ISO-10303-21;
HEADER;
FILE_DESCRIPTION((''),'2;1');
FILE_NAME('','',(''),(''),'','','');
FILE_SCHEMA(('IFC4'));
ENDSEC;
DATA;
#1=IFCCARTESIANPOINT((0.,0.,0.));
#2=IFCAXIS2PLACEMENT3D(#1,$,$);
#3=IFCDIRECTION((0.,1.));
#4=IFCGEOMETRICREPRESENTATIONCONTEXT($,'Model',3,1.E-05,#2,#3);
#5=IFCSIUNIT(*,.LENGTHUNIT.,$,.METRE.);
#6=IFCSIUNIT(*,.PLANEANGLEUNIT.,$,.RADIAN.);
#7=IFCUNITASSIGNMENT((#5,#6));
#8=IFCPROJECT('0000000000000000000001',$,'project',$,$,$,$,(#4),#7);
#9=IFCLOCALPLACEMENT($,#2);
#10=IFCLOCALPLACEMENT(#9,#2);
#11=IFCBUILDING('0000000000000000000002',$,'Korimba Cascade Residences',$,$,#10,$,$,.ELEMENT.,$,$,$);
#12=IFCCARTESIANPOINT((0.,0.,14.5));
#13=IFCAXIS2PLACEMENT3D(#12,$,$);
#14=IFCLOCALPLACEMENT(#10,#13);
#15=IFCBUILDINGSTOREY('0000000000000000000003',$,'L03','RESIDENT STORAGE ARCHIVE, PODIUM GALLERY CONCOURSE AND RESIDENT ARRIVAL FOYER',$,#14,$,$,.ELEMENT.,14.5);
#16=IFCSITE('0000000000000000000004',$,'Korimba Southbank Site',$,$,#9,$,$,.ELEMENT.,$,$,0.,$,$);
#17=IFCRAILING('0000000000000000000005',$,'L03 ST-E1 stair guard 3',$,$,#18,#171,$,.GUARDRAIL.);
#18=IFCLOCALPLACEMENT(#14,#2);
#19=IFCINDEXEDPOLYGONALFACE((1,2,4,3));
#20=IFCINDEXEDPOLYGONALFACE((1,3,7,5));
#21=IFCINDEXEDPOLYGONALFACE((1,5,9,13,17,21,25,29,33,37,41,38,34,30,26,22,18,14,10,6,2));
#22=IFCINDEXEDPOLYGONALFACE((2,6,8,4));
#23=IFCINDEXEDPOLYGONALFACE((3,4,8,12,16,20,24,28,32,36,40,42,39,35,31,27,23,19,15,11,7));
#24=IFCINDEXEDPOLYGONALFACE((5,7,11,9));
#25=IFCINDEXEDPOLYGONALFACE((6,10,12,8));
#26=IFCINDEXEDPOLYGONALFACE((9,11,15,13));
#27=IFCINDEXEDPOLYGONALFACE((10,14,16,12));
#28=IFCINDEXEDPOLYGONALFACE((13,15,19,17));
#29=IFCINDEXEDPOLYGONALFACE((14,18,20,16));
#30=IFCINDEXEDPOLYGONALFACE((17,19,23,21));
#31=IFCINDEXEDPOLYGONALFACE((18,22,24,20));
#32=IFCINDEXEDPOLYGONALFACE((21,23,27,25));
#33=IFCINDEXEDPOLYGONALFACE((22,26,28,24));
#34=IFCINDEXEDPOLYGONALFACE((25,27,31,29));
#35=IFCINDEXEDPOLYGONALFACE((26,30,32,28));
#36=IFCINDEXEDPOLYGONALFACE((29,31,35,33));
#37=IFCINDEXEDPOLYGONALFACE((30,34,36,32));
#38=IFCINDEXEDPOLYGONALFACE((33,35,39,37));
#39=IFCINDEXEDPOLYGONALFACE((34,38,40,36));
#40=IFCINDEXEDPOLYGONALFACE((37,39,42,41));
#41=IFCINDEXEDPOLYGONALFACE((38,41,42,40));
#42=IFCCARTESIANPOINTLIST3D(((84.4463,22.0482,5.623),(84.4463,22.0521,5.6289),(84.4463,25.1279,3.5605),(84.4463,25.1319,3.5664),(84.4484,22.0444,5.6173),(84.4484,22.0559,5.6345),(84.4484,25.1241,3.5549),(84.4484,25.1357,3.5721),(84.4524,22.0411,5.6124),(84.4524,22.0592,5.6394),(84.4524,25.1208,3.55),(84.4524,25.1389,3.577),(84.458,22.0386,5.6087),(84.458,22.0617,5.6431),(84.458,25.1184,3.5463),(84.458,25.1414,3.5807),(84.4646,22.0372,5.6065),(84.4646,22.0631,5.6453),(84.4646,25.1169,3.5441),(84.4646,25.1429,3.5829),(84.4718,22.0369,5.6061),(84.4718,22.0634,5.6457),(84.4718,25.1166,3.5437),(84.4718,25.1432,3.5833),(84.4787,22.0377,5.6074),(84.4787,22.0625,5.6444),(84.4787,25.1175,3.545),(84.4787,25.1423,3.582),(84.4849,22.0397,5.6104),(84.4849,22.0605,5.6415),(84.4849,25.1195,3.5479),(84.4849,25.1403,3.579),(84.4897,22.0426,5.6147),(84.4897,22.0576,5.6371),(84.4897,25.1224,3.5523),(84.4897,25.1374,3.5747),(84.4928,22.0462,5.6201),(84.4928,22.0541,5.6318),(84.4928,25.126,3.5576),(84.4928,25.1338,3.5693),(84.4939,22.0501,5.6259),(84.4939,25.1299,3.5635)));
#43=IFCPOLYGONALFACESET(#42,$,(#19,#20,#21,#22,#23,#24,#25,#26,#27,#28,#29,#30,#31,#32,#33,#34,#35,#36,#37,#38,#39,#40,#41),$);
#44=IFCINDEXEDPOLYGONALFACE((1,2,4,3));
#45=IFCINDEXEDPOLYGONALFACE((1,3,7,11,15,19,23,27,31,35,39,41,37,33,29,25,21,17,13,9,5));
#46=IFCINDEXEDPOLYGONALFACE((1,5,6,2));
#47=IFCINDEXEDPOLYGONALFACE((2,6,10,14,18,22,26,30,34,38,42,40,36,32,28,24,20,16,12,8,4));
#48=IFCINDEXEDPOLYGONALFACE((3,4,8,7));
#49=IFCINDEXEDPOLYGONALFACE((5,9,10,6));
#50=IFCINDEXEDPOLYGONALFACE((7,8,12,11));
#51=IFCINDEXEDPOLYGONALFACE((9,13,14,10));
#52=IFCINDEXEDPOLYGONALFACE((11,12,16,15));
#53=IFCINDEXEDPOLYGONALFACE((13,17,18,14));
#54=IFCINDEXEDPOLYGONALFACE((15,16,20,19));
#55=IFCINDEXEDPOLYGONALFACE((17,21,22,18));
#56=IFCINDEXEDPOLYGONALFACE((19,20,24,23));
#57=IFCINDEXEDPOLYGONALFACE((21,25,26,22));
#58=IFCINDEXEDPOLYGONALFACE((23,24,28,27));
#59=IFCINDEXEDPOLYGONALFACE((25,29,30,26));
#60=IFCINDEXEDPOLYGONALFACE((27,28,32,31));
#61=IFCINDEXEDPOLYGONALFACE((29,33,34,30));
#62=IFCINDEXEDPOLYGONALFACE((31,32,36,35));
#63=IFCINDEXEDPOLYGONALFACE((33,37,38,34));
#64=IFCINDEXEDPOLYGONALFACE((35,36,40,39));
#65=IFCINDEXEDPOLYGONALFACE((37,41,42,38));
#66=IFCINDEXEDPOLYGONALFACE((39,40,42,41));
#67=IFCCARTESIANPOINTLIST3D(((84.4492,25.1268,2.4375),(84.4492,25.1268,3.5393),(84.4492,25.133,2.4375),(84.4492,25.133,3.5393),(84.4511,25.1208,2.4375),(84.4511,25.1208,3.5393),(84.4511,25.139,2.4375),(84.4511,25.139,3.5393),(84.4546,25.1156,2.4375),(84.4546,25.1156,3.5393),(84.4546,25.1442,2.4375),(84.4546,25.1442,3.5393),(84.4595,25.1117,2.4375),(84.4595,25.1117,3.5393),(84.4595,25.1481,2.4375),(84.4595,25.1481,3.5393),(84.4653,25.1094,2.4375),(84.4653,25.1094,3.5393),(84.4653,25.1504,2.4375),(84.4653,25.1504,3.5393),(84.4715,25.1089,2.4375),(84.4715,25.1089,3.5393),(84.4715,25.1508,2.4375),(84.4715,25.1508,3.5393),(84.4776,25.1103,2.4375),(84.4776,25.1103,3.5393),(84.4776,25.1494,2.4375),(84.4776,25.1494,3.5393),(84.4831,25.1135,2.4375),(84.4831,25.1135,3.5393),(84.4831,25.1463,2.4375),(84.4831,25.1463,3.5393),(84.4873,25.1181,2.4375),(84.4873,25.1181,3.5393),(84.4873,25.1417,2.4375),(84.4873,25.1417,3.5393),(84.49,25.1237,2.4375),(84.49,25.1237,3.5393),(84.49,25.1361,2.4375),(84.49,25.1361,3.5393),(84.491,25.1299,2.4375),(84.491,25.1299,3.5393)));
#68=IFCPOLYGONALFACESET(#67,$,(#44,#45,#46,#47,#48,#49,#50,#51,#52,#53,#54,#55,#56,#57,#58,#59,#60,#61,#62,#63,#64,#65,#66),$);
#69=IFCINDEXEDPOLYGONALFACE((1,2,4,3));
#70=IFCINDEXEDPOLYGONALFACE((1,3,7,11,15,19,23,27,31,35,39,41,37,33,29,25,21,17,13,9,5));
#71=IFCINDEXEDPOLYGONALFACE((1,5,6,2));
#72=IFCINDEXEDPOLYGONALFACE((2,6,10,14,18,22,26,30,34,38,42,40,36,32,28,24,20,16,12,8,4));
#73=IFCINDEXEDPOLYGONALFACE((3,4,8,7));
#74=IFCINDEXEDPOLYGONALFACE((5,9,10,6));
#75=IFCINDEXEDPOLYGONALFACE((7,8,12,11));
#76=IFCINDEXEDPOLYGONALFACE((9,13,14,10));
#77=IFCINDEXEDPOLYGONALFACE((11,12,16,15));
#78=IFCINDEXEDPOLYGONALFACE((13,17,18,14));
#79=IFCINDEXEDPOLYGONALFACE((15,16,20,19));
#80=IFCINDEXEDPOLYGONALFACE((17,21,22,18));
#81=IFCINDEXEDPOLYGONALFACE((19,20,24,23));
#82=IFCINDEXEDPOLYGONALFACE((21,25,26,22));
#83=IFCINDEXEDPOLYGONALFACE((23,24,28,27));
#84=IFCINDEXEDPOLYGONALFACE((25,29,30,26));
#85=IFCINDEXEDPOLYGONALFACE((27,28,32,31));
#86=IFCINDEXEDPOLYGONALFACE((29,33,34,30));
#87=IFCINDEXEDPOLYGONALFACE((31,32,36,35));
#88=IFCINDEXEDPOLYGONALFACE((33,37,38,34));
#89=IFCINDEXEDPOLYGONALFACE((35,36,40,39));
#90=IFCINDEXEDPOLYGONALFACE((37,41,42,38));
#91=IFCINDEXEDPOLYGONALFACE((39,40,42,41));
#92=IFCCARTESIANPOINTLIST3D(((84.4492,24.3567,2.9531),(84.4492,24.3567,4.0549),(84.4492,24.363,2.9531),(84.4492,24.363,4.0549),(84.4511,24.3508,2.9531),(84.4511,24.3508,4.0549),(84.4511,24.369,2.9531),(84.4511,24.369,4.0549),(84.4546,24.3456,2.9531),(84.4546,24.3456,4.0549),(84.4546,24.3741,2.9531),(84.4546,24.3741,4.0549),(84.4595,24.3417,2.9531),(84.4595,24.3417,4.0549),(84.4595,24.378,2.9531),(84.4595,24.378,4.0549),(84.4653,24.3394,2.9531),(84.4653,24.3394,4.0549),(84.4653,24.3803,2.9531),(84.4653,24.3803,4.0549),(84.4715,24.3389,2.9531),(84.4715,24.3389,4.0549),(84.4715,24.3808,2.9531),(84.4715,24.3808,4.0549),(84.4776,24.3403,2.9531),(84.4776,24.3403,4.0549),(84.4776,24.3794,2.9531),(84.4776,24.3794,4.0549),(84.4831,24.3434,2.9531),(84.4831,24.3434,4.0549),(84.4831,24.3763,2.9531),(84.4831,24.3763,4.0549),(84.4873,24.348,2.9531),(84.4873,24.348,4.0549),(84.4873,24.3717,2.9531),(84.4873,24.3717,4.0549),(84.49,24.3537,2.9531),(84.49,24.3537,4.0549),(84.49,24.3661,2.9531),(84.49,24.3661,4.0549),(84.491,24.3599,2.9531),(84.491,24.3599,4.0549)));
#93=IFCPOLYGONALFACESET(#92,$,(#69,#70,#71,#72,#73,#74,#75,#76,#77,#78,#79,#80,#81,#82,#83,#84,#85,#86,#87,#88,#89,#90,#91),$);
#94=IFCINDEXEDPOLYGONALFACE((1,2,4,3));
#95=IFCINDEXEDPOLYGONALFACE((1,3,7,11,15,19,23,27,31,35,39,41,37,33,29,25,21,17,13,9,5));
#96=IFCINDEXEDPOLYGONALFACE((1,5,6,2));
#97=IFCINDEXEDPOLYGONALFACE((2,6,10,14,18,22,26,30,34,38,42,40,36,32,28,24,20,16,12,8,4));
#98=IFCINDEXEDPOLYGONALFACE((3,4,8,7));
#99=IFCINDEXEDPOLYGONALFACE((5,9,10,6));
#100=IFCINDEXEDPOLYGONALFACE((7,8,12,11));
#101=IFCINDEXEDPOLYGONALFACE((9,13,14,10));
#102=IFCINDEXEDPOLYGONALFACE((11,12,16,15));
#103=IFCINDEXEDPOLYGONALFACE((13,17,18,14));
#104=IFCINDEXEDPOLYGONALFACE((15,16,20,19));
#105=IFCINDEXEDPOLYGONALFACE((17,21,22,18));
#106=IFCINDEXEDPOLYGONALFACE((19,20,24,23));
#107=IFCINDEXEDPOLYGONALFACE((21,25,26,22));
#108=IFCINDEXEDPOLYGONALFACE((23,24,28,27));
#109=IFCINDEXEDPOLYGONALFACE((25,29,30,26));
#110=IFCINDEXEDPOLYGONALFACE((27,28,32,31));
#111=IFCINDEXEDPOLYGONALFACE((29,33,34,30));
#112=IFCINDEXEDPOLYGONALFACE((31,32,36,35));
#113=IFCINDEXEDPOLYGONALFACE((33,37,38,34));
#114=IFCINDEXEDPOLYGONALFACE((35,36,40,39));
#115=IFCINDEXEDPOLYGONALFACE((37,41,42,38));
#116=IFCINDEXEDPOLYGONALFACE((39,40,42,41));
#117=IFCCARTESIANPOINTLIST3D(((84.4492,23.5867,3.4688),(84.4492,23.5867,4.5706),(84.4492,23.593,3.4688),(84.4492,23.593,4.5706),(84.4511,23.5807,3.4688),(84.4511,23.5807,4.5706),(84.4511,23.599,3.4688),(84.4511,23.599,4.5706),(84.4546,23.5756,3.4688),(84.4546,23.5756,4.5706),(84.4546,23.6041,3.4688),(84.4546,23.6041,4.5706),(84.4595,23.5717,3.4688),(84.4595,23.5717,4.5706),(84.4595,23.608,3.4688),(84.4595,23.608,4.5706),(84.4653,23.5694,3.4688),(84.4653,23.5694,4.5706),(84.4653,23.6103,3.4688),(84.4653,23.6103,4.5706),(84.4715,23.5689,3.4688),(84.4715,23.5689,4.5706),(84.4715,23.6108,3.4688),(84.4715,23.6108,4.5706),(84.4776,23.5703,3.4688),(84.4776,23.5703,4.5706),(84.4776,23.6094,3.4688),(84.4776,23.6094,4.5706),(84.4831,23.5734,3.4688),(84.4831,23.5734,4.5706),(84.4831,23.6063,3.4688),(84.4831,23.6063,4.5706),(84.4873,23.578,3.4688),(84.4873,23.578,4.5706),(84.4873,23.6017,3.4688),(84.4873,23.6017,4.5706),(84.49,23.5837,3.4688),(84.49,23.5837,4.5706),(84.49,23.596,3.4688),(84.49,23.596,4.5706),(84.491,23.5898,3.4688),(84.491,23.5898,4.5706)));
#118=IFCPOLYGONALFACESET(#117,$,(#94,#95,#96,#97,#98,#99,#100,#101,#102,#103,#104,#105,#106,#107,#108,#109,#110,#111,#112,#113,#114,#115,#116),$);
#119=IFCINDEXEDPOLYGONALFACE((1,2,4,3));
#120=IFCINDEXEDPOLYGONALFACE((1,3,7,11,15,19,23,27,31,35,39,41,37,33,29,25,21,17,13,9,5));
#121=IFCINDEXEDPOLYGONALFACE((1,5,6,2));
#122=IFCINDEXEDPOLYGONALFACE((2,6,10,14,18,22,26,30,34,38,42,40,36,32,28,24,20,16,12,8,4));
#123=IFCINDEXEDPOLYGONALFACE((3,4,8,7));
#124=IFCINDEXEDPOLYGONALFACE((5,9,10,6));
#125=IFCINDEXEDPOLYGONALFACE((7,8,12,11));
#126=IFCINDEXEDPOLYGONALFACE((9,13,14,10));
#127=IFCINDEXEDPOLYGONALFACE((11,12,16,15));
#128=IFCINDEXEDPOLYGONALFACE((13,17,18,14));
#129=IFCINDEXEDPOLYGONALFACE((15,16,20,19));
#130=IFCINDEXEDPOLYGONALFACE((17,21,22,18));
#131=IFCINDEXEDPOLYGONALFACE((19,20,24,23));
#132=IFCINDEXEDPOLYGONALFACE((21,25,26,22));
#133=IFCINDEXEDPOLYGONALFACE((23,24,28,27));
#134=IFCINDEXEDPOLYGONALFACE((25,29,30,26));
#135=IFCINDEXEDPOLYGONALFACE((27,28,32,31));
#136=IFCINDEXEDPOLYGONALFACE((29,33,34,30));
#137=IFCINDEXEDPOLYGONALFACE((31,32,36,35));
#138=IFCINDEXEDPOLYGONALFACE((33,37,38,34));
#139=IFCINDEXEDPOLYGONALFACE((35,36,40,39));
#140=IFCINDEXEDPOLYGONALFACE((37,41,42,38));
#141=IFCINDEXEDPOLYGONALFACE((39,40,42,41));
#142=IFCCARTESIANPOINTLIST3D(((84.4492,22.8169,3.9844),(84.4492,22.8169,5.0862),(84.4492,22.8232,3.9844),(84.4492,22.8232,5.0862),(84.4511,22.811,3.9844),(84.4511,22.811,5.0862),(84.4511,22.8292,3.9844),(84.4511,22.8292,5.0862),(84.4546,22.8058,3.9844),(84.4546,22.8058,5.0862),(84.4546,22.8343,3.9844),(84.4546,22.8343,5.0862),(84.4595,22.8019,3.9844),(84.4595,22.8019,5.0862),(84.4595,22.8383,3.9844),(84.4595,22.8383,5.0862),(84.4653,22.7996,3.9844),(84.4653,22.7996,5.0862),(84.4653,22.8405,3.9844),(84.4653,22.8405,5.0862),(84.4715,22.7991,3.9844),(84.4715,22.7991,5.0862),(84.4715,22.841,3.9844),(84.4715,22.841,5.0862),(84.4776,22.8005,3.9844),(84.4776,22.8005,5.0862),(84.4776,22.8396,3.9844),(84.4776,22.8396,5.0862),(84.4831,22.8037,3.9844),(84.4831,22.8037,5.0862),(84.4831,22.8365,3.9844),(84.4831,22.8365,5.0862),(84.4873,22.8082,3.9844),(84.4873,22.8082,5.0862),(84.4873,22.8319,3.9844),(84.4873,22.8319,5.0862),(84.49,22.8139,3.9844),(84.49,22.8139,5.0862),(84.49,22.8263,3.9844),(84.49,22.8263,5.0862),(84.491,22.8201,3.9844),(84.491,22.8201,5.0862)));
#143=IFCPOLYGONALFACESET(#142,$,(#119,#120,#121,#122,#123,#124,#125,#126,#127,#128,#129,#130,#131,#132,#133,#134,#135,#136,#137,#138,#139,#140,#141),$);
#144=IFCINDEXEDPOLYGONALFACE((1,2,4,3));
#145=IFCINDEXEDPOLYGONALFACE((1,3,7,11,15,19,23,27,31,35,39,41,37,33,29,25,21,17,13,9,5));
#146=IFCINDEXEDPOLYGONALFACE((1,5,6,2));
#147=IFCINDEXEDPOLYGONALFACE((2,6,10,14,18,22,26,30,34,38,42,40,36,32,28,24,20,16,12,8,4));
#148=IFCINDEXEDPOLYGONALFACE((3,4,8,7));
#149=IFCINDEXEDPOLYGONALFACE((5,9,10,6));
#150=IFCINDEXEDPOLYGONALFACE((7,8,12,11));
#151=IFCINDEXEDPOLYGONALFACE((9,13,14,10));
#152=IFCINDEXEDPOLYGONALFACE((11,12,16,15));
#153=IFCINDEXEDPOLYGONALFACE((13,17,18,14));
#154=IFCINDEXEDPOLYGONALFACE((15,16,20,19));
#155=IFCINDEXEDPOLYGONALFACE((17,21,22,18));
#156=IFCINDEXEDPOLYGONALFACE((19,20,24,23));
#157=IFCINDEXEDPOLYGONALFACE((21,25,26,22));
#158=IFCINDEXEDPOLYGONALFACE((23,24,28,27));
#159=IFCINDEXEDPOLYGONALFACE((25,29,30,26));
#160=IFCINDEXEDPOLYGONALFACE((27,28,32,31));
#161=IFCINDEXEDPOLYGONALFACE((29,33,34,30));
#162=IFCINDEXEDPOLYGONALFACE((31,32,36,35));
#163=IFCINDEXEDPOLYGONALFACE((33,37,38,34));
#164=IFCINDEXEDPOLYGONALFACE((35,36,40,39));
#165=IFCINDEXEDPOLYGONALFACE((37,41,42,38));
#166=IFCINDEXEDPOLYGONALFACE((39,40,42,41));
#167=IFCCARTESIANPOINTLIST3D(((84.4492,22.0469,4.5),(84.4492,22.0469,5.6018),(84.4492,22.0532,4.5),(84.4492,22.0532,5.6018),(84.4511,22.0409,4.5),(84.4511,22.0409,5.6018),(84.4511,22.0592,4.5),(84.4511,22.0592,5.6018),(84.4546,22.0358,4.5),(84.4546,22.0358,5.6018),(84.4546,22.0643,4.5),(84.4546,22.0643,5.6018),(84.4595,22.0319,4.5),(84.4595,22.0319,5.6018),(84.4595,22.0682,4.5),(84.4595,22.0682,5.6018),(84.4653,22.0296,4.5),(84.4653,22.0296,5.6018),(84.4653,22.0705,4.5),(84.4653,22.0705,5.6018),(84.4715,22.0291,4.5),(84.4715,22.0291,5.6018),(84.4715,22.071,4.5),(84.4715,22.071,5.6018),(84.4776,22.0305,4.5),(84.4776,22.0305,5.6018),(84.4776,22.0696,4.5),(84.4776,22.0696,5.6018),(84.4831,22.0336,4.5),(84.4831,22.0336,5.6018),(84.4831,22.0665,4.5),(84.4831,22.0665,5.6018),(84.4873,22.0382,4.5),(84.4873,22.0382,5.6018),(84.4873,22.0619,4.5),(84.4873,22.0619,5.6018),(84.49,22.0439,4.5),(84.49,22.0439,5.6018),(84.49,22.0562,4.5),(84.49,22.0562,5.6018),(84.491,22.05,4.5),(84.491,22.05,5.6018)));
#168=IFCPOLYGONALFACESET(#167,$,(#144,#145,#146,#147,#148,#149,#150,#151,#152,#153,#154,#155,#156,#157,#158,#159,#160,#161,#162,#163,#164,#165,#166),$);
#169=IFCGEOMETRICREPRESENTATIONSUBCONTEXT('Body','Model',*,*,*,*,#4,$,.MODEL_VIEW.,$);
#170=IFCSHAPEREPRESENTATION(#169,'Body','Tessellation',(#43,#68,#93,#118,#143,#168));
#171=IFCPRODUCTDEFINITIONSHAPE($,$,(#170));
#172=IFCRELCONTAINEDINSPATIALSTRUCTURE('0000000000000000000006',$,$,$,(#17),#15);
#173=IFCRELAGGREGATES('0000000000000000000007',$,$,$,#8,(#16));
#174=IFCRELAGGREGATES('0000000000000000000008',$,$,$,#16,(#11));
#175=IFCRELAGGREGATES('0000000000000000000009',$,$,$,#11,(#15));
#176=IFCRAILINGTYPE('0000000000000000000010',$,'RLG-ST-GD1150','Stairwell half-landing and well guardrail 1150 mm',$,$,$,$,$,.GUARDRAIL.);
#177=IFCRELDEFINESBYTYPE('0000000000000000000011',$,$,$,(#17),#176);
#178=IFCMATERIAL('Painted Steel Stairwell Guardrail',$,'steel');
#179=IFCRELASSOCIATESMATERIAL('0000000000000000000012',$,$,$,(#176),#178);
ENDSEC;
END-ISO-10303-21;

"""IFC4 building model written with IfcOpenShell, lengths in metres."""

from ifc_helpers import new_model, si_unit, direction, frame, origin, origin_2d, place, context, subcontext, project, spatial, circle, extrude, material, type_object, element, save


model = new_model("IFC4")

# Units and contexts
model_context = context("Model", 3, precision=1e-05, world=origin(), true_north=direction((0.0, 1.0)))
body_context = subcontext(model_context, "Body", "Model", "MODEL_VIEW")
ifc_project = project(units=[si_unit("LENGTHUNIT", "METRE"), si_unit("PLANEANGLEUNIT", "RADIAN")], contexts=[model_context])

# Site, building, storey
site_placement = place(None, origin())
site = spatial("IfcSite", under=ifc_project, at=site_placement, Name="Korimba Southbank Site", CompositionType="ELEMENT", RefElevation=0.0)
building_placement = place(site_placement, origin())
building = spatial("IfcBuilding", under=site, at=building_placement, Name="Korimba Cascade Residences", CompositionType="ELEMENT")
storey_placement = place(building_placement, frame((0.0, 0.0, 14.5)))
storey = spatial("IfcBuildingStorey", under=building, at=storey_placement, Name="L03", Description="RESIDENT STORAGE ARCHIVE, PODIUM GALLERY CONCOURSE AND RESIDENT ARRIVAL FOYER", CompositionType="ELEMENT", Elevation=14.5)

# Railing
ifc_material_1 = material(Name="Painted Steel Stairwell Guardrail", Category="steel")
railing_type_1 = type_object("IfcRailingType", Name="RLG-ST-GD1150", Description="Stairwell half-landing and well guardrail 1150 mm", PredefinedType="GUARDRAIL", material=ifc_material_1)
railing_1_placement = place(storey_placement, frame((84.47, 25.1299, 2.4375)))
element("IfcRailing", 1, at=railing_1_placement, inside=storey, type_object=railing_type_1, Name="L03 ST-E1 stair guard 3", PredefinedType="GUARDRAIL", context=body_context, shape_type="SweptSolid", body=[
    extrude(circle(Radius=0.0239, at=origin_2d()), frame((0.0, 0.0, 1.126), z_axis=(0.0, -0.830893, 0.556432), x_axis=(1.0, 0.0, 0.0)), (0.0, 0.0, 1.0), 3.7065),
    extrude(circle(Radius=0.021, at=origin_2d()), origin(), (0.0, 0.0, 1.0), 1.1018),
    extrude(circle(Radius=0.021, at=origin_2d()), frame((0.0, -0.77, 0.5156)), (0.0, 0.0, 1.0), 1.1018),
    extrude(circle(Radius=0.021, at=origin_2d()), frame((0.0, -1.54, 1.0312)), (0.0, 0.0, 1.0), 1.1018),
    extrude(circle(Radius=0.021, at=origin_2d()), frame((0.0, -2.3098, 1.5469)), (0.0, 0.0, 1.0), 1.1018),
    extrude(circle(Radius=0.021, at=origin_2d()), frame((0.0, -3.0798, 2.0625)), (0.0, 0.0, 1.0), 1.1018),
])

save(model, "model.ifc")
